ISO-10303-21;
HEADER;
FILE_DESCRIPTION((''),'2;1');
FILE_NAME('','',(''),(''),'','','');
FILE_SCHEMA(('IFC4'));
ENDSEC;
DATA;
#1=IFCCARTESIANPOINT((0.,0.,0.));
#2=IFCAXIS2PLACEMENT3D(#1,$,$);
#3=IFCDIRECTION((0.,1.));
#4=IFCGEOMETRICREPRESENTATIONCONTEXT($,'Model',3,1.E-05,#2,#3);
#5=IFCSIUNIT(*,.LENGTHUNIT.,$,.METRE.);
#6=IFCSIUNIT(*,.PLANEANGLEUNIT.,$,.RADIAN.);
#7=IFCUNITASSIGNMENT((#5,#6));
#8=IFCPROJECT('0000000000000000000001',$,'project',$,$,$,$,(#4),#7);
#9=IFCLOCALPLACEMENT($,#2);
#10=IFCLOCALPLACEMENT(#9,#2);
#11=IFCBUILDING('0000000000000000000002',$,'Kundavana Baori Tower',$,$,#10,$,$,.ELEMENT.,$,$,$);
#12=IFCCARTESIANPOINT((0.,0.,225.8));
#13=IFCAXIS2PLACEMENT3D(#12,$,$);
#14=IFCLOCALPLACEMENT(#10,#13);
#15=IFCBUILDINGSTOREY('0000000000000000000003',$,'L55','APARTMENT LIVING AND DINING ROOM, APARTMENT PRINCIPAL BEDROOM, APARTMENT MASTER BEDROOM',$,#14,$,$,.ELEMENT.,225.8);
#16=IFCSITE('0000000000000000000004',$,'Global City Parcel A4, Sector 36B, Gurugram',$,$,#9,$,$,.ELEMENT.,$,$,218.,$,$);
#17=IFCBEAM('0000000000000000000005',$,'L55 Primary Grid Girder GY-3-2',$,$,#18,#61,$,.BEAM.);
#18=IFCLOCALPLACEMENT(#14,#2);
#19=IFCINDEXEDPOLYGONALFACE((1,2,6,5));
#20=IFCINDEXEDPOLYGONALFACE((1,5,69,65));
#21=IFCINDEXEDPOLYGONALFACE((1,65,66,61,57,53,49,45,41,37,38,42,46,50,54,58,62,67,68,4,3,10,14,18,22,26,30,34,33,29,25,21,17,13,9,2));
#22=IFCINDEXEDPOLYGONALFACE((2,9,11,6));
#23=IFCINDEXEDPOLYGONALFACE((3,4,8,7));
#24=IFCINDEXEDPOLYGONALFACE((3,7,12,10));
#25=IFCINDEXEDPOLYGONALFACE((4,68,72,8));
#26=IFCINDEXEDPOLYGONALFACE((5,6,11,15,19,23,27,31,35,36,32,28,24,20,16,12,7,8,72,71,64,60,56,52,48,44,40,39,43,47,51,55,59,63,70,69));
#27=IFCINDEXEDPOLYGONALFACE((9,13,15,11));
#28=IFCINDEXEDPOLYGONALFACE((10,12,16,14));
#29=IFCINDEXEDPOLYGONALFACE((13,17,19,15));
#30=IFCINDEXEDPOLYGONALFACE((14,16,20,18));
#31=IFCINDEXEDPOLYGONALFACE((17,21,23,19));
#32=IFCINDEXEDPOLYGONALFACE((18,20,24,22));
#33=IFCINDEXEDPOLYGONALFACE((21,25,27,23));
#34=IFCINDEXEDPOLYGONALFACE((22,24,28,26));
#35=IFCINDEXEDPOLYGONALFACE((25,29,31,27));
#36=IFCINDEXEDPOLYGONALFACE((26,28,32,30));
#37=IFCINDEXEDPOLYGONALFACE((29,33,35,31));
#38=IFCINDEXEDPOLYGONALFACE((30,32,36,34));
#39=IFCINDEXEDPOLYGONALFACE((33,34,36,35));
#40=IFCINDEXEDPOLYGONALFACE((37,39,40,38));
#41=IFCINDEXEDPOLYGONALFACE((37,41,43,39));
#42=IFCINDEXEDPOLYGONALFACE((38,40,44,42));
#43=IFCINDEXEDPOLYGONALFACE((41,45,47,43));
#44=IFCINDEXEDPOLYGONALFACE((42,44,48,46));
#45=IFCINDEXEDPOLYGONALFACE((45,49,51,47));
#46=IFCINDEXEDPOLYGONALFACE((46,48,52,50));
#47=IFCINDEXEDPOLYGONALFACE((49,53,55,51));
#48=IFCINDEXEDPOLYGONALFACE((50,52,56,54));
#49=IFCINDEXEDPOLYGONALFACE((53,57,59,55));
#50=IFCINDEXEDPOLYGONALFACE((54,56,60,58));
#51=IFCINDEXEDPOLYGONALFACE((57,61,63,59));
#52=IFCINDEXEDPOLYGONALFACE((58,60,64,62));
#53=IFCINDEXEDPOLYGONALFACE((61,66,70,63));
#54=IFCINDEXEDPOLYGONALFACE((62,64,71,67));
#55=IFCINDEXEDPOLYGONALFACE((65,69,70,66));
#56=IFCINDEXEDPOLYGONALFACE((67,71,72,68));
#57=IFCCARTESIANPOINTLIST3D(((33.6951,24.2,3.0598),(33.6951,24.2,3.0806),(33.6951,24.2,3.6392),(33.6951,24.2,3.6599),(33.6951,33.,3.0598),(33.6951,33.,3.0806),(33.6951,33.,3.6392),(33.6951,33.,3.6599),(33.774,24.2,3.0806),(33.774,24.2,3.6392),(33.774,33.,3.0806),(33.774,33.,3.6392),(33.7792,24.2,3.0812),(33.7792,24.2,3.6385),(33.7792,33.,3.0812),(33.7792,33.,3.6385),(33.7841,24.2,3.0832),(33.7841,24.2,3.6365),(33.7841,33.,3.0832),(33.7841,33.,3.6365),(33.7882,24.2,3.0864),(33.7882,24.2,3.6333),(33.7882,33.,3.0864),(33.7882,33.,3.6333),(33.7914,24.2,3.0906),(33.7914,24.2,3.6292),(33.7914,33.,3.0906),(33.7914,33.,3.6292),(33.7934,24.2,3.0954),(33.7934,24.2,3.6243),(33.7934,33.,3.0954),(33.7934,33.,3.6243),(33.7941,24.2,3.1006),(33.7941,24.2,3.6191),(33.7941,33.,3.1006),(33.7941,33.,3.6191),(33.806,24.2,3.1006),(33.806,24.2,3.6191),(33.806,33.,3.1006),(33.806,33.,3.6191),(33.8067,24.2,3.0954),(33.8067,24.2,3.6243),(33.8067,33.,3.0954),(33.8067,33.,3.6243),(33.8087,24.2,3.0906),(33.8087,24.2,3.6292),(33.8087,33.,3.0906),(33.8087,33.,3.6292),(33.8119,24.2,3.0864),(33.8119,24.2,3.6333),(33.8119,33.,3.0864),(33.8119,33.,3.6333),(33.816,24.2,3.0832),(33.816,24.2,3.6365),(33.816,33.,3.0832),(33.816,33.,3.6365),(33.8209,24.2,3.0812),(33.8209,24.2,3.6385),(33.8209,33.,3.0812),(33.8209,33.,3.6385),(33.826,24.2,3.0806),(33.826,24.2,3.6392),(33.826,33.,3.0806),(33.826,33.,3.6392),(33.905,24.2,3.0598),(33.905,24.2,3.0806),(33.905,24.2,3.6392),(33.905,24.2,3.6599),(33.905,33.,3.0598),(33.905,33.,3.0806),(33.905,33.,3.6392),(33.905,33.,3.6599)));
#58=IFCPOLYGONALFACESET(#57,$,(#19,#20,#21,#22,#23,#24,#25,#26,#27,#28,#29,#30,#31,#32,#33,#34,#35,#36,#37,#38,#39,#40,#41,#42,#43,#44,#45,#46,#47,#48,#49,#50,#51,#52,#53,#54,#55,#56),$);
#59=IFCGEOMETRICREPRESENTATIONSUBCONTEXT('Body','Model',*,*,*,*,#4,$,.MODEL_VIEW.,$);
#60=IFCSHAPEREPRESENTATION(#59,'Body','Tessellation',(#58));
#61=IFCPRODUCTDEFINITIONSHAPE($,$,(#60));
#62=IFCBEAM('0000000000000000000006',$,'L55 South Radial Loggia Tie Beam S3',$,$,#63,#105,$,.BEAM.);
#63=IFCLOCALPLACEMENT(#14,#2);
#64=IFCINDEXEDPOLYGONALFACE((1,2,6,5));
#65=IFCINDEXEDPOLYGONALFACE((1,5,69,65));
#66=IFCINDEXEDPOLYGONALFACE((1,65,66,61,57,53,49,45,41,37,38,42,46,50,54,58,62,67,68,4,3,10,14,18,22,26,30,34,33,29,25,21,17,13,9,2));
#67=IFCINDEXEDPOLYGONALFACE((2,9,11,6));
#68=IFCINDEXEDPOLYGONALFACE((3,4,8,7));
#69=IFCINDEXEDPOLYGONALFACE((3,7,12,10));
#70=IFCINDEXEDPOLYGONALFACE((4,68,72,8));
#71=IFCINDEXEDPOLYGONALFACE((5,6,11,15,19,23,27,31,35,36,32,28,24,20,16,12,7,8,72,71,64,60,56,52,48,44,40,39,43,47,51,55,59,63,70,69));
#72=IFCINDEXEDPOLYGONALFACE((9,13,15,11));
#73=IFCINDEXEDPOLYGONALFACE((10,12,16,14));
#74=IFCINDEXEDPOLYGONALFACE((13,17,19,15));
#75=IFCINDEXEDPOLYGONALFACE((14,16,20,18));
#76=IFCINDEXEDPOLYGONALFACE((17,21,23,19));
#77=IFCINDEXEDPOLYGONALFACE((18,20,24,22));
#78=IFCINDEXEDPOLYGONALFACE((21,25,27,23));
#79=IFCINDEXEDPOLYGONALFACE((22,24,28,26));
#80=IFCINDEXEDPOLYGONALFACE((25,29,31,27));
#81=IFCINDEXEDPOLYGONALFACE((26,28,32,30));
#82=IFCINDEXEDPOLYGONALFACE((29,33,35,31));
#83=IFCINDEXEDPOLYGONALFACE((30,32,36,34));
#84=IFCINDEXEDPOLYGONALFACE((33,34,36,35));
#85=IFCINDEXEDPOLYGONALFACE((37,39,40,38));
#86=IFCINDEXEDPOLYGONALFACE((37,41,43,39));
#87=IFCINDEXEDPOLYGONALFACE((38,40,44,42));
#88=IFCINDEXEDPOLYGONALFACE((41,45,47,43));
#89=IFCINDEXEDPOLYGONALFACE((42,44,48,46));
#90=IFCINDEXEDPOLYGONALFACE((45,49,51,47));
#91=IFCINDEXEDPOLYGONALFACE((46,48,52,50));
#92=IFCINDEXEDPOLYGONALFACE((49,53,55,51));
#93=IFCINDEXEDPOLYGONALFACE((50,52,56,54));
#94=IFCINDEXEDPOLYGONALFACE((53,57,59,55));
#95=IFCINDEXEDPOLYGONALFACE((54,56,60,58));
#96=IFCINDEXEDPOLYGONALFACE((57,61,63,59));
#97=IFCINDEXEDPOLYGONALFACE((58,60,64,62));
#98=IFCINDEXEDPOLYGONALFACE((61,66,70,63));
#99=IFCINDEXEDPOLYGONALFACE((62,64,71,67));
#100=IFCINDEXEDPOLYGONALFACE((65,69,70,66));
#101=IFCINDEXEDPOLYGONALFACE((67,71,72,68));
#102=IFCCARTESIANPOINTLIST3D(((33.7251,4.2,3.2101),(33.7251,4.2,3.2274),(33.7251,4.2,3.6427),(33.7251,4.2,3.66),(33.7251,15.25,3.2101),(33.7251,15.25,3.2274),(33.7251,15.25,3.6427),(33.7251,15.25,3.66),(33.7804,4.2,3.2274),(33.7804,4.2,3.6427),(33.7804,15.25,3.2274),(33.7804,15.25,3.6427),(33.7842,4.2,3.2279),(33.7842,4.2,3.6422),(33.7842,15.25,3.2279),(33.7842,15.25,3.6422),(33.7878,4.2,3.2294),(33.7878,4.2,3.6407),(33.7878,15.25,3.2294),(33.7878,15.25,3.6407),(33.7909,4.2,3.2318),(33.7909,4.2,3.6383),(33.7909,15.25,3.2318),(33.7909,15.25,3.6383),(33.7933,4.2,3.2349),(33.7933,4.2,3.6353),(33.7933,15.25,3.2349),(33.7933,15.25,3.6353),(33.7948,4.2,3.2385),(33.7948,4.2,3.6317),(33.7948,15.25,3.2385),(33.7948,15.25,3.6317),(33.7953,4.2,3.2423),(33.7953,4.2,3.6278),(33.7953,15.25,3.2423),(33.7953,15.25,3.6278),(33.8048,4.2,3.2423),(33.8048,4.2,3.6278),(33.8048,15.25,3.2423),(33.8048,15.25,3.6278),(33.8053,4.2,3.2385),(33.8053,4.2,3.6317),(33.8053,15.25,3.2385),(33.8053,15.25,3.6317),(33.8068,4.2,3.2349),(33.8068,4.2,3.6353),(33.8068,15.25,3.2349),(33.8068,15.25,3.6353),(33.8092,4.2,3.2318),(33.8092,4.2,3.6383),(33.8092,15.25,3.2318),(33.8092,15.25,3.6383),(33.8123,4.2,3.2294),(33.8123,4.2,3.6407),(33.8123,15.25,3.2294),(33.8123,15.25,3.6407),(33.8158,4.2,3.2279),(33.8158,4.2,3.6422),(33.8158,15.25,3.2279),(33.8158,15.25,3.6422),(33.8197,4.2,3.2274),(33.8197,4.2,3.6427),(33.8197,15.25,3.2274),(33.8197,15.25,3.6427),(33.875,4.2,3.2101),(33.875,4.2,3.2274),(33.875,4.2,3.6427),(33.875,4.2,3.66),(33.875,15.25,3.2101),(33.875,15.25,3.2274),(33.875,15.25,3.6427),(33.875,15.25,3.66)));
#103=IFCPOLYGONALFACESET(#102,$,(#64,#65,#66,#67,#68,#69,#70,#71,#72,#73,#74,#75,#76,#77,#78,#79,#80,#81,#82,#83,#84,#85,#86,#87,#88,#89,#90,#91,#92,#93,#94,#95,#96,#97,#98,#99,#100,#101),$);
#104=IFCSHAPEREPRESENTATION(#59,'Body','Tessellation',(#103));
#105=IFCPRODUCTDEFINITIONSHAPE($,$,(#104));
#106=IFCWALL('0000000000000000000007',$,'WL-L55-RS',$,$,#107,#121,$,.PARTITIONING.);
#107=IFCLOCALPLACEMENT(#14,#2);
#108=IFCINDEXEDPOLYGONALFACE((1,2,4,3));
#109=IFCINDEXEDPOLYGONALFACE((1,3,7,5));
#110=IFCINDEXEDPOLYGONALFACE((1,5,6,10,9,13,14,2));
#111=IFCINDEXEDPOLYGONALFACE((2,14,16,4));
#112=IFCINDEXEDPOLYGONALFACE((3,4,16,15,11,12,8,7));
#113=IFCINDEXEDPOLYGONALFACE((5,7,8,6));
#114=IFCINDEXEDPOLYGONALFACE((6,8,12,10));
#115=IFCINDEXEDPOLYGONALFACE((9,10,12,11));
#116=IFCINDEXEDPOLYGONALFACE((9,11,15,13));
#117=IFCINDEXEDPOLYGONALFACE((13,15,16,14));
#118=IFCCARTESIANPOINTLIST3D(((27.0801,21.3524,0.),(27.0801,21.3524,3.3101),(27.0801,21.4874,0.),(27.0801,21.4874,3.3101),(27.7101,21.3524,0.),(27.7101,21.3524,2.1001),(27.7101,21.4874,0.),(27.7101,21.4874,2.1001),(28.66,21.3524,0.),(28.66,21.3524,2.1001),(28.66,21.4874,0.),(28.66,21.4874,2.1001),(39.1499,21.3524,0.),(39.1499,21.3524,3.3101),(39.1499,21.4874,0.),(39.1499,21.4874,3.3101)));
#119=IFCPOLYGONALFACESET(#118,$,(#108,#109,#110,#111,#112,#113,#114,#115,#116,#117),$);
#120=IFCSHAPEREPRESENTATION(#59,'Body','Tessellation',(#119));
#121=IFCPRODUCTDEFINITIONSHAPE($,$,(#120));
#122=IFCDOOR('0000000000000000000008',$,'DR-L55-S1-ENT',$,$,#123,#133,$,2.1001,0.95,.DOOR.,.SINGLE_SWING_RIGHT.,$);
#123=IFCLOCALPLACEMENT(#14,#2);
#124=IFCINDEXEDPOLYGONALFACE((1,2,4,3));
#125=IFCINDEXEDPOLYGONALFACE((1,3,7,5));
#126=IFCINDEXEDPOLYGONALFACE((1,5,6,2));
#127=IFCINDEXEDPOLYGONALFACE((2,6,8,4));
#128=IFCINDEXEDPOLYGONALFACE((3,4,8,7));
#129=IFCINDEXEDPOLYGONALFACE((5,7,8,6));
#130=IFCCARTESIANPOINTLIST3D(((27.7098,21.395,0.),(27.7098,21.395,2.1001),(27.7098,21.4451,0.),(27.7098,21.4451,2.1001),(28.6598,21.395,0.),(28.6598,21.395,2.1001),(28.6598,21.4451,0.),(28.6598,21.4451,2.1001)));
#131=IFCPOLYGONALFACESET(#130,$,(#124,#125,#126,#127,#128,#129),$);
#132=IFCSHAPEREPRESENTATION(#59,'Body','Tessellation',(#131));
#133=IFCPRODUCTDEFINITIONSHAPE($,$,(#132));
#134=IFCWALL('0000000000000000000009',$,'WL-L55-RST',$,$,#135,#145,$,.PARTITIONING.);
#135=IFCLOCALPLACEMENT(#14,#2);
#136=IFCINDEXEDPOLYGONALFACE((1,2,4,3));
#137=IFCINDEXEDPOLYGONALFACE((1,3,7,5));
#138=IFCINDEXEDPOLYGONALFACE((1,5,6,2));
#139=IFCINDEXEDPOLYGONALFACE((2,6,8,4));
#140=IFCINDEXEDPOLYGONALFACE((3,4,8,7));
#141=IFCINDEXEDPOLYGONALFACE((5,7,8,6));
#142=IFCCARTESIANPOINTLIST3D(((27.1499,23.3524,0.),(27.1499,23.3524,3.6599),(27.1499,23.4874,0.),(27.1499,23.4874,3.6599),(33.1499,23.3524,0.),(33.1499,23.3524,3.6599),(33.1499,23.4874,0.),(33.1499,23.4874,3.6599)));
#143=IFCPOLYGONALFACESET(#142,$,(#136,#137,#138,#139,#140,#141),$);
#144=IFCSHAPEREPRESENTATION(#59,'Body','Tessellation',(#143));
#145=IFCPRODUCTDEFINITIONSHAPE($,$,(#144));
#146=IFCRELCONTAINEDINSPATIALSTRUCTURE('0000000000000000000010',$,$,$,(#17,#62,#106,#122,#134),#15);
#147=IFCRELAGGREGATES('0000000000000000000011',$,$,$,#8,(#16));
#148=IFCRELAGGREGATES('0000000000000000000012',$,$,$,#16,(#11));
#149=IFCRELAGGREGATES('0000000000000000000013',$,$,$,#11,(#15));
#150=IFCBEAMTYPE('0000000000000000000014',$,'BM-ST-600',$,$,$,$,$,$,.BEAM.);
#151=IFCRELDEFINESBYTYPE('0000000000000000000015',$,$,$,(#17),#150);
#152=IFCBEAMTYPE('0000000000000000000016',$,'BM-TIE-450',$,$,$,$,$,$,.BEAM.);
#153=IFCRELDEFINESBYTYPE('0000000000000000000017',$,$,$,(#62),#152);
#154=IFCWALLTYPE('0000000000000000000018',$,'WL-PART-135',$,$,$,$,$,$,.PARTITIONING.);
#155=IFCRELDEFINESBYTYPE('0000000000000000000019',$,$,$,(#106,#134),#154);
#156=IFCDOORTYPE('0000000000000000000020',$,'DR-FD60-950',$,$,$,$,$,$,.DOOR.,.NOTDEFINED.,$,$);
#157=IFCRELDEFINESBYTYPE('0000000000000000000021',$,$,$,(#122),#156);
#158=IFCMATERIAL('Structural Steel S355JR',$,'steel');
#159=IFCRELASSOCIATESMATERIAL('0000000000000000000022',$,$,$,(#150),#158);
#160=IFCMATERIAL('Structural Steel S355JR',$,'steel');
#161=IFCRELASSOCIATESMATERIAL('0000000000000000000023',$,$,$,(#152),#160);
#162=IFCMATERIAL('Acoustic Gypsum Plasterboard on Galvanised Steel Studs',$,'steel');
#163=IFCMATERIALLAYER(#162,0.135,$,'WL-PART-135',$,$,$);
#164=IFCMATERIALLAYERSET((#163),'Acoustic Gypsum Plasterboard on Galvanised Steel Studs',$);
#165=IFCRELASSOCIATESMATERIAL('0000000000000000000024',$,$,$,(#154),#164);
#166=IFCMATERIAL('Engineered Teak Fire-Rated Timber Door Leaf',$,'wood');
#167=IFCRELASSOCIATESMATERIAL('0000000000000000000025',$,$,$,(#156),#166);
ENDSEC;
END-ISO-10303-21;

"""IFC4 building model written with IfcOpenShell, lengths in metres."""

from ifc_helpers import new_model, si_unit, direction, frame, frame_2d, origin, origin_2d, place, context, subcontext, project, spatial, rectangle, i_section, extrude, material, layer, layer_set, material_profile, profile_set, type_object, element, fill, save


model = new_model("IFC4")

# Units and contexts
model_context = context("Model", 3, precision=1e-05, world=origin(), true_north=direction((0.0, 1.0)))
body_context = subcontext(model_context, "Body", "Model", "MODEL_VIEW")
ifc_project = project(units=[si_unit("LENGTHUNIT", "METRE"), si_unit("PLANEANGLEUNIT", "RADIAN")], contexts=[model_context])

# Site, building, storey
site_placement = place(None, origin())
site = spatial("IfcSite", under=ifc_project, at=site_placement, Name="Global City Parcel A4, Sector 36B, Gurugram", CompositionType="ELEMENT", RefElevation=218.0)
building_placement = place(site_placement, origin())
building = spatial("IfcBuilding", under=site, at=building_placement, Name="Kundavana Baori Tower", CompositionType="ELEMENT")
storey_placement = place(building_placement, frame((0.0, 0.0, 225.8)))
storey = spatial("IfcBuildingStorey", under=building, at=storey_placement, Name="L55", Description="APARTMENT LIVING AND DINING ROOM, APARTMENT PRINCIPAL BEDROOM, APARTMENT MASTER BEDROOM", CompositionType="ELEMENT", Elevation=225.8)

# Beams
ifc_material_1 = material(Name="Structural Steel S355JR", Category="steel")
ifc_material_profile_1 = material_profile(ifc_material_1, i_section(OverallWidth=0.21, OverallDepth=0.6001, WebThickness=0.012, FlangeThickness=0.0208, FilletRadius=0.02, at=origin_2d()), Name="ISMB 600")
ifc_profile_set_1 = profile_set([ifc_material_profile_1], Name="Structural Steel S355JR")
beam_type_1 = type_object("IfcBeamType", Name="BM-ST-600", PredefinedType="BEAM", material=ifc_profile_set_1)
beam_1_placement = place(storey_placement, frame((33.8, 24.2, 3.3599), z_axis=(0.0, 1.0, 0.0), x_axis=(-1.0, 0.0, 0.0)))
element("IfcBeam", 1, at=beam_1_placement, inside=storey, type_object=beam_type_1, Name="L55 Primary Grid Girder GY-3-2", PredefinedType="BEAM", context=body_context, shape_type="SweptSolid", body=[
    extrude(i_section(OverallWidth=0.21, OverallDepth=0.6001, WebThickness=0.012, FlangeThickness=0.0208, FilletRadius=0.02, at=origin_2d()), origin(), (0.0, 0.0, 1.0), 8.8),
])
ifc_material_2 = material(Name="Structural Steel S355JR", Category="steel")
ifc_material_profile_2 = material_profile(ifc_material_2, i_section(OverallWidth=0.1499, OverallDepth=0.45, WebThickness=0.0095, FlangeThickness=0.0173, FilletRadius=0.0149, at=origin_2d()), Name="ISMB 450")
ifc_profile_set_2 = profile_set([ifc_material_profile_2], Name="Structural Steel S355JR")
beam_type_2 = type_object("IfcBeamType", Name="BM-TIE-450", PredefinedType="BEAM", material=ifc_profile_set_2)
beam_2_placement = place(storey_placement, frame((33.8, 15.25, 3.4351), z_axis=(0.0, -1.0, 0.0), x_axis=(1.0, 0.0, 0.0)))
element("IfcBeam", 2, at=beam_2_placement, inside=storey, type_object=beam_type_2, Name="L55 South Radial Loggia Tie Beam S3", PredefinedType="BEAM", context=body_context, shape_type="SweptSolid", body=[
    extrude(i_section(OverallWidth=0.1499, OverallDepth=0.45, WebThickness=0.0095, FlangeThickness=0.0173, FilletRadius=0.0149, at=origin_2d()), origin(), (0.0, 0.0, 1.0), 11.05),
])

# Wall, opening, door
ifc_material_3 = material(Name="Acoustic Gypsum Plasterboard on Galvanised Steel Studs", Category="steel")
ifc_layer = layer(ifc_material_3, 0.135, Name="WL-PART-135")
ifc_layer_set = layer_set([ifc_layer], Name="Acoustic Gypsum Plasterboard on Galvanised Steel Studs")
wall_type = type_object("IfcWallType", Name="WL-PART-135", PredefinedType="PARTITIONING", material=ifc_layer_set)
wall_1_placement = place(storey_placement, frame((27.0801, 21.4199, 0.0), z_axis=(0.0, 0.0, 1.0), x_axis=(1.0, 0.0, 0.0)))
wall_1 = element("IfcWall", 3, at=wall_1_placement, inside=storey, type_object=wall_type, Name="WL-L55-RS", PredefinedType="PARTITIONING", context=body_context, shape_type="SweptSolid", body=[
    extrude(rectangle(XDim=12.0698, YDim=0.135, at=frame_2d((6.0349, 0.0))), origin(), (0.0, 0.0, 1.0), 3.3101),
])
opening_1_placement = place(wall_1_placement, frame((0.6299, 0.0, 0.0)))
opening_1 = element("IfcOpeningElement", 4, at=opening_1_placement, cuts=wall_1, PredefinedType="OPENING", context=body_context, shape_type="SweptSolid", body=[
    extrude(rectangle(XDim=0.95, YDim=2.1001, at=frame_2d((0.4751, 1.05))), frame((0.0, 0.0776, 0.0), z_axis=(0.0, -1.0, 0.0), x_axis=(1.0, 0.0, 0.0)), (0.0, 0.0, 1.0), 0.155),
])
ifc_material_4 = material(Name="Engineered Teak Fire-Rated Timber Door Leaf", Category="wood")
door_type_1 = type_object("IfcDoorType", Name="DR-FD60-950", OperationType="NOTDEFINED", PredefinedType="DOOR", material=ifc_material_4)
door_1_placement = place(opening_1_placement, frame((0.95, 0.0, 0.0), z_axis=(0.0, 0.0, 1.0), x_axis=(-1.0, 0.0, 0.0)))
door_1 = element("IfcDoor", 5, at=door_1_placement, inside=storey, type_object=door_type_1, Name="DR-L55-S1-ENT", OperationType="SINGLE_SWING_RIGHT", OverallHeight=2.1001, OverallWidth=0.95, PredefinedType="DOOR", context=body_context, shape_type="SweptSolid", body=[
    extrude(rectangle(XDim=0.95, YDim=2.1001, at=frame_2d((0.4751, 1.05))), frame((0.0, 0.0249, 0.0), z_axis=(0.0, -1.0, 0.0), x_axis=(1.0, 0.0, 0.0)), (0.0, 0.0, 1.0), 0.05),
])
fill(opening_1, door_1)

# Wall
wall_2_placement = place(storey_placement, frame((27.1499, 23.4199, 0.0), z_axis=(0.0, 0.0, 1.0), x_axis=(1.0, 0.0, 0.0)))
element("IfcWall", 6, at=wall_2_placement, inside=storey, type_object=wall_type, Name="WL-L55-RST", PredefinedType="PARTITIONING", context=body_context, shape_type="SweptSolid", body=[
    extrude(rectangle(XDim=6.0, YDim=0.135, at=frame_2d((3.0, 0.0))), origin(), (0.0, 0.0, 1.0), 3.6599),
])

save(model, "model.ifc")
